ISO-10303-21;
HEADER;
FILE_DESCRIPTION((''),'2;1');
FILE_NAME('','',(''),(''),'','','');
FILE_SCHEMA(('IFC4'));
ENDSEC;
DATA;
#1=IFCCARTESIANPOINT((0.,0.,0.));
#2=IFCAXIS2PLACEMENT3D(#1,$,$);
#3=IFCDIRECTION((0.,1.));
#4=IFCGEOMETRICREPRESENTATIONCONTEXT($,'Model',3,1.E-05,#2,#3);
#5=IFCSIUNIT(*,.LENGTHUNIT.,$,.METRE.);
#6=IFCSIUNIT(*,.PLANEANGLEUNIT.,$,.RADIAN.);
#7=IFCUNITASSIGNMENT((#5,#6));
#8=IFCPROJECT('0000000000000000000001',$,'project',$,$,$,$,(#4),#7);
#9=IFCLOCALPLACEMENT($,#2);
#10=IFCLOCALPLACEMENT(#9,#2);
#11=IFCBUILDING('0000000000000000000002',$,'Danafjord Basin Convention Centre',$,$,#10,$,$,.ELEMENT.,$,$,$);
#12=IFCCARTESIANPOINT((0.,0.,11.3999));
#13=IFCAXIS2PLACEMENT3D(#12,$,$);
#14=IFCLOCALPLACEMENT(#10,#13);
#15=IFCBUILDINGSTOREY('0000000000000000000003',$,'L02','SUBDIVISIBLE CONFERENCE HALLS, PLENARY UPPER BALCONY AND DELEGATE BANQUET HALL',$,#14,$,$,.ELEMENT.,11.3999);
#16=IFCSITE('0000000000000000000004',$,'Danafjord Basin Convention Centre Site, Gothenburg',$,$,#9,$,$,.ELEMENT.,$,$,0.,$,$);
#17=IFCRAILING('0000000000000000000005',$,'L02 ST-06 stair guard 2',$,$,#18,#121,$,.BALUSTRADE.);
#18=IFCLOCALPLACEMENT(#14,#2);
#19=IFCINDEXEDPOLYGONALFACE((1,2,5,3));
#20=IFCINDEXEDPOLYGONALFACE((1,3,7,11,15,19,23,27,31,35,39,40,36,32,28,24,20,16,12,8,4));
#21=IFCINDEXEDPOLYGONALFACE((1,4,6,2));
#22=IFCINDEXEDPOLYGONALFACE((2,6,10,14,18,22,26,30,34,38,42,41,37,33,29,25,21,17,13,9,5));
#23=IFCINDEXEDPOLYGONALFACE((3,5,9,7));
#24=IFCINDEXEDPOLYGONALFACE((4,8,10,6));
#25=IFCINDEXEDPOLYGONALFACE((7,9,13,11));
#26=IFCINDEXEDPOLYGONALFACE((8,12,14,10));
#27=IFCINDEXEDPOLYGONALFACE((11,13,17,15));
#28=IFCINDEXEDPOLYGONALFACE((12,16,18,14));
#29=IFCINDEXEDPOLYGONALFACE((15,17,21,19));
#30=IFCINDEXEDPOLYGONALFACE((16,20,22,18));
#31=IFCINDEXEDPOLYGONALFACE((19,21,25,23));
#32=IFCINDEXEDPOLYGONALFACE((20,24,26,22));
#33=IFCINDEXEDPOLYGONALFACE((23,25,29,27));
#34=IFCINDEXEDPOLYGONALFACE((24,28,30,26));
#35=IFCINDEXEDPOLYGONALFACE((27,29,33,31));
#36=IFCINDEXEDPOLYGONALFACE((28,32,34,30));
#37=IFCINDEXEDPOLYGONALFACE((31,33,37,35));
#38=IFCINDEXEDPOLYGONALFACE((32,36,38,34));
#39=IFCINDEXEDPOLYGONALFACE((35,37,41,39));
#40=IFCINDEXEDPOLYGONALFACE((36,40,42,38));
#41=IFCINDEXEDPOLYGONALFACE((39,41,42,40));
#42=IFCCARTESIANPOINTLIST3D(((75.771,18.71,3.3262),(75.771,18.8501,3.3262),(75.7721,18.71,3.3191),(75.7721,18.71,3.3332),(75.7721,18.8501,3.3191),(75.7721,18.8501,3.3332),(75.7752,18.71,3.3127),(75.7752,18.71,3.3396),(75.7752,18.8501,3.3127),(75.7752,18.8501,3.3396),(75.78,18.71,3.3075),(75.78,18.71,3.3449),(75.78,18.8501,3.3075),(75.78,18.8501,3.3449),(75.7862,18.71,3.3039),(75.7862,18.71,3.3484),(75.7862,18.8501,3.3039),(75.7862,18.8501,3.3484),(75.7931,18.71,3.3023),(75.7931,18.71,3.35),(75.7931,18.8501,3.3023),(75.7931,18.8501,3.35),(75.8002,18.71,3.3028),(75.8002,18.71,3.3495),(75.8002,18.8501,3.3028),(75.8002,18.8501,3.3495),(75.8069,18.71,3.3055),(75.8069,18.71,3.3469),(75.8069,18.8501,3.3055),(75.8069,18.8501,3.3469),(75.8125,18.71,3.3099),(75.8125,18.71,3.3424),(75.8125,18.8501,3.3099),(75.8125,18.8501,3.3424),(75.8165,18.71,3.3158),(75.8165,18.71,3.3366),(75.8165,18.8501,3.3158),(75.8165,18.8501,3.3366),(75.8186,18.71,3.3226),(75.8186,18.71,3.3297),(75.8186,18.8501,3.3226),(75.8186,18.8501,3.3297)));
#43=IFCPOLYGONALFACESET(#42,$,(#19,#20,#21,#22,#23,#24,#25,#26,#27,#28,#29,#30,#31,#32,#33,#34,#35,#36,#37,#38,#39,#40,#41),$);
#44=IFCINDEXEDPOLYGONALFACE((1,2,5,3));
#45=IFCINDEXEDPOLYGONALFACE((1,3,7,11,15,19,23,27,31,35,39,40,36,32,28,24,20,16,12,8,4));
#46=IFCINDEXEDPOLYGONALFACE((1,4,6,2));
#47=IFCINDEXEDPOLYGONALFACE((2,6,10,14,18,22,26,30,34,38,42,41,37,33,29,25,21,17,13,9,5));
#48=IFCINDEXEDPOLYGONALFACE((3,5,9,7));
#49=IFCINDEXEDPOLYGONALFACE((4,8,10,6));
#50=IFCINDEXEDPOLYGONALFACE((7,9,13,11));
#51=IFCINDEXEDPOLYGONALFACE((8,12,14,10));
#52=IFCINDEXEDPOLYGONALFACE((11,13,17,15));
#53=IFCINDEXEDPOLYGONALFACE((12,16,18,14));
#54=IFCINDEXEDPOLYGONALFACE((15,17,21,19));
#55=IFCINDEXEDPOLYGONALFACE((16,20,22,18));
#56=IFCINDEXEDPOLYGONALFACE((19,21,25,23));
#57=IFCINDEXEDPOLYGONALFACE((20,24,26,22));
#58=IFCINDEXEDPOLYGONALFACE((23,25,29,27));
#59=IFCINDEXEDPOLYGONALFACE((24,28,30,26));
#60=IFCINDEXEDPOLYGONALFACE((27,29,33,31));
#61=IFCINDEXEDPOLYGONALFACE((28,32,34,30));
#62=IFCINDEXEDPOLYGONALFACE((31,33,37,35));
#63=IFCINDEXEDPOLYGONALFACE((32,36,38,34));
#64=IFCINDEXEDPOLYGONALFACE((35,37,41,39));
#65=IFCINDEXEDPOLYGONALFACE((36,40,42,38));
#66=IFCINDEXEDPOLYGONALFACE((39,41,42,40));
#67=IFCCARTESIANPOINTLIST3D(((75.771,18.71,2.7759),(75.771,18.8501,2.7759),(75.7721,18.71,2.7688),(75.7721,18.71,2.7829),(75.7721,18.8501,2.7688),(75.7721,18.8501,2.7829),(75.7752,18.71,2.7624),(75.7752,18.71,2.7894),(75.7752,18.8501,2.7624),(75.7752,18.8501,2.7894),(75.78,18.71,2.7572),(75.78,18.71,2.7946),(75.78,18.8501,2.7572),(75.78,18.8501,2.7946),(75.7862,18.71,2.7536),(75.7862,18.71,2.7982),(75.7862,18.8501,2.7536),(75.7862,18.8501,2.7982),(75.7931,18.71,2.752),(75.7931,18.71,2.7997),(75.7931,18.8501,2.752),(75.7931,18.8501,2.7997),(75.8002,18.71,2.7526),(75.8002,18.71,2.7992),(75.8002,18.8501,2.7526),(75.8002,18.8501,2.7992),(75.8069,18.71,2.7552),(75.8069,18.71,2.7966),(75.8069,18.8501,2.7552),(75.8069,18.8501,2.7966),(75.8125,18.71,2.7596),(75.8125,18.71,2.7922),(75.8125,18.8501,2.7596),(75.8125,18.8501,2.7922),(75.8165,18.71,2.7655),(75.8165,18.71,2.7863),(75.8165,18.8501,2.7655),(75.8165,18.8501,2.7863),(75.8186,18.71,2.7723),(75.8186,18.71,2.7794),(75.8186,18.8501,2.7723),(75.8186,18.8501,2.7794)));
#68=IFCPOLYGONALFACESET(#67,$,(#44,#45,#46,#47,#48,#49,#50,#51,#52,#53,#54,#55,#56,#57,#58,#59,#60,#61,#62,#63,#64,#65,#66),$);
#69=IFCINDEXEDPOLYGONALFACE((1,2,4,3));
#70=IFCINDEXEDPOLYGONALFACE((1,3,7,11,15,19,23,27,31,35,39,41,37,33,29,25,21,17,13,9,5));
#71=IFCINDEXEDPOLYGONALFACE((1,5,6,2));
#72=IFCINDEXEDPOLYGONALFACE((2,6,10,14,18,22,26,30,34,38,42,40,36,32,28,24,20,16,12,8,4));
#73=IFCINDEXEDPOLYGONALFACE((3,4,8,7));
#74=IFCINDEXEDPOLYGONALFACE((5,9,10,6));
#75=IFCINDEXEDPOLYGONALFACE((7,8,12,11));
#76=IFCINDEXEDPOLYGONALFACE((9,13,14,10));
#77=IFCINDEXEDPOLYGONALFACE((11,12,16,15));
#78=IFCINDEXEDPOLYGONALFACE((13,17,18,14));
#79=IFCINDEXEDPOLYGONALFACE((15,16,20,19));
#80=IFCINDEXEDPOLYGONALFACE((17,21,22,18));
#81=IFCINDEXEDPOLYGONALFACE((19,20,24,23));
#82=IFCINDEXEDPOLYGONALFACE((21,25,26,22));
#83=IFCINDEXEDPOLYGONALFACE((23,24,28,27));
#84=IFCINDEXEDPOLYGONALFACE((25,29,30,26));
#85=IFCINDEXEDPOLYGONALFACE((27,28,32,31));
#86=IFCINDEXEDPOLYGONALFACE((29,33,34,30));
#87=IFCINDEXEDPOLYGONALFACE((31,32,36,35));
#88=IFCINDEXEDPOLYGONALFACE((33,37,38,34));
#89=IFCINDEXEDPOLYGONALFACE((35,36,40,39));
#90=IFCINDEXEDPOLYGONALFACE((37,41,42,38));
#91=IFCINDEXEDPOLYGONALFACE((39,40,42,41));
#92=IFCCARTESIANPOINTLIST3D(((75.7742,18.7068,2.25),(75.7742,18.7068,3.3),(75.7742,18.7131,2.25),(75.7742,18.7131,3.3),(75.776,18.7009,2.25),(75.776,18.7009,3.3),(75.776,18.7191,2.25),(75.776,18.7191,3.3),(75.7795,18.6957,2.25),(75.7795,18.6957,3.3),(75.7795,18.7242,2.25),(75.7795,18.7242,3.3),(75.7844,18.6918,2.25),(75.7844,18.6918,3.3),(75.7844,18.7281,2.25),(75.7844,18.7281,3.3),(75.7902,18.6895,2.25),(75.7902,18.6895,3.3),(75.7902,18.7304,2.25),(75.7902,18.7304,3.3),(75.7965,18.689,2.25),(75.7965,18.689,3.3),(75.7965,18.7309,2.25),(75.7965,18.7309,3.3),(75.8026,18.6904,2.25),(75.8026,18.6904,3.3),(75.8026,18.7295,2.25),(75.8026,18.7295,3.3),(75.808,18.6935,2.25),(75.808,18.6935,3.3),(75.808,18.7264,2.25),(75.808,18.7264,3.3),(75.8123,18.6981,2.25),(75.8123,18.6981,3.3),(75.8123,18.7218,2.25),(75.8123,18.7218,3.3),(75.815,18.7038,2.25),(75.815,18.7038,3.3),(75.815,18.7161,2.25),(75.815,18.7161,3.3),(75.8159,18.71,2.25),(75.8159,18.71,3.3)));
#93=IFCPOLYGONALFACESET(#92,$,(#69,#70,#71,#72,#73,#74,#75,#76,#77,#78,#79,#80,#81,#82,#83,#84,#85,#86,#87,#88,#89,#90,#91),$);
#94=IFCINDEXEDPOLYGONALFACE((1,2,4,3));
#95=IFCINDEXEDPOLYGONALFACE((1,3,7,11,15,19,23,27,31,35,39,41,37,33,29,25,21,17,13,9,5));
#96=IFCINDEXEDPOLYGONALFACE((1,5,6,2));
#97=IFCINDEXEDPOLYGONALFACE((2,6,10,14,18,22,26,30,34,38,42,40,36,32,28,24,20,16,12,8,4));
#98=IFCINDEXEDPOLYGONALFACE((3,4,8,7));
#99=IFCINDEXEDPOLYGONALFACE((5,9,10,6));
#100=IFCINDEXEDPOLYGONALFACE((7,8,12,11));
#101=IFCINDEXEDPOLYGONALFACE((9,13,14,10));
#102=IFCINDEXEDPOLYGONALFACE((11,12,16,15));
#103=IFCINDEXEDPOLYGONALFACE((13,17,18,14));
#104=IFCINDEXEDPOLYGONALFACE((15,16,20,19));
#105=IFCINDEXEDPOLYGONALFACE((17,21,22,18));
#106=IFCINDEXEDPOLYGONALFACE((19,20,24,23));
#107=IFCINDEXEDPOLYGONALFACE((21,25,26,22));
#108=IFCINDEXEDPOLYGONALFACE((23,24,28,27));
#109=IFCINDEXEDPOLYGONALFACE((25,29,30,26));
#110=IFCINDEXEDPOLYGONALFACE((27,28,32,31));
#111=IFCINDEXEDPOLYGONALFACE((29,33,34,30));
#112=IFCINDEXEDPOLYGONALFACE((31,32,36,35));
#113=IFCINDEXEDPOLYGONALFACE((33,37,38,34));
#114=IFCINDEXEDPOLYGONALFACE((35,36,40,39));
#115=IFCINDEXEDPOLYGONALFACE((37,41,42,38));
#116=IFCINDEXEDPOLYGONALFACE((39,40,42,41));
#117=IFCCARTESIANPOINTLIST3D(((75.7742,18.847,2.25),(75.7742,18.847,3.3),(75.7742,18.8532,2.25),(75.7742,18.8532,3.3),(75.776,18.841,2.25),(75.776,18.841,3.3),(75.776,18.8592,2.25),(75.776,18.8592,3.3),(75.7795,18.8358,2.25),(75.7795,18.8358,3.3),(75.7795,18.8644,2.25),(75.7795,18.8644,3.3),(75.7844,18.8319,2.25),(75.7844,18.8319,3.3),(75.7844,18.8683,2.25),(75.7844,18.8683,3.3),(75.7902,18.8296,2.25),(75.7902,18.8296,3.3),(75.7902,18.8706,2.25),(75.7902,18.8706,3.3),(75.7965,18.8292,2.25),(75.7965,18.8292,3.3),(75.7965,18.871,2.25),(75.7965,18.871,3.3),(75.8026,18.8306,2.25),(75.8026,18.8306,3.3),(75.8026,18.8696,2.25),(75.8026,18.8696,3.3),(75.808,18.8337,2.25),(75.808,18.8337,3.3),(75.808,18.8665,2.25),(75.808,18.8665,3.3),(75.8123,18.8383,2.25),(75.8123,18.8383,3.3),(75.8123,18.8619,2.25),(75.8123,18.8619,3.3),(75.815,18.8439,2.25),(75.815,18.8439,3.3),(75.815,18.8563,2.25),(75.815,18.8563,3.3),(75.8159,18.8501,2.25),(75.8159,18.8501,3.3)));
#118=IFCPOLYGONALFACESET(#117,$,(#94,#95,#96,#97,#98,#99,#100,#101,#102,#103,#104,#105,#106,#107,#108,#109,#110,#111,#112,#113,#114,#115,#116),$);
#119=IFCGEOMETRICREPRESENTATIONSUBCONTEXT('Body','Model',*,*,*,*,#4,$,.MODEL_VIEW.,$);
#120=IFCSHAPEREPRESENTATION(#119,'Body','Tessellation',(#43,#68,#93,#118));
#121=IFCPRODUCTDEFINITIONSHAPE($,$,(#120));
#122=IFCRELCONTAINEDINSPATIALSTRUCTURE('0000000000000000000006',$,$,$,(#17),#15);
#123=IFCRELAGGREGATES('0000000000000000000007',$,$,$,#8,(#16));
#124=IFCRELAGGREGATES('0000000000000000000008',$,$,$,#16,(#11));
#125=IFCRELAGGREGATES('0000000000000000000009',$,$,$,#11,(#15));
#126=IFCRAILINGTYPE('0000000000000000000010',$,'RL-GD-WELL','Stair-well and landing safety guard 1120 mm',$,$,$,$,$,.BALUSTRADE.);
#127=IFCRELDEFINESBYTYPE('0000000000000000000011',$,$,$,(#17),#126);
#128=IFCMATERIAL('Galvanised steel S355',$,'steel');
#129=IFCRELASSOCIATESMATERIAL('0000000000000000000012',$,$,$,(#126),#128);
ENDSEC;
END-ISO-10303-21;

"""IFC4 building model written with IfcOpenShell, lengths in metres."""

from ifc_helpers import new_model, si_unit, direction, frame, origin, origin_2d, place, context, subcontext, project, spatial, circle, extrude, material, type_object, element, save


model = new_model("IFC4")

# Units and contexts
model_context = context("Model", 3, precision=1e-05, world=origin(), true_north=direction((0.0, 1.0)))
body_context = subcontext(model_context, "Body", "Model", "MODEL_VIEW")
ifc_project = project(units=[si_unit("LENGTHUNIT", "METRE"), si_unit("PLANEANGLEUNIT", "RADIAN")], contexts=[model_context])

# Site, building, storey
site_placement = place(None, origin())
site = spatial("IfcSite", under=ifc_project, at=site_placement, Name="Danafjord Basin Convention Centre Site, Gothenburg", CompositionType="ELEMENT", RefElevation=0.0)
building_placement = place(site_placement, origin())
building = spatial("IfcBuilding", under=site, at=building_placement, Name="Danafjord Basin Convention Centre", CompositionType="ELEMENT")
storey_placement = place(building_placement, frame((0.0, 0.0, 11.3999)))
storey = spatial("IfcBuildingStorey", under=building, at=storey_placement, Name="L02", Description="SUBDIVISIBLE CONFERENCE HALLS, PLENARY UPPER BALCONY AND DELEGATE BANQUET HALL", CompositionType="ELEMENT", Elevation=11.3999)

# Railing
ifc_material_1 = material(Name="Galvanised steel S355", Category="steel")
railing_type_1 = type_object("IfcRailingType", Name="RL-GD-WELL", Description="Stair-well and landing safety guard 1120 mm", PredefinedType="BALUSTRADE", material=ifc_material_1)
railing_1_placement = place(storey_placement, frame((75.7949, 18.71, 2.25)))
element("IfcRailing", 1, at=railing_1_placement, inside=storey, type_object=railing_type_1, Name="L02 ST-06 stair guard 2", PredefinedType="BALUSTRADE", context=body_context, shape_type="SweptSolid", body=[
    extrude(circle(Radius=0.0239, at=origin_2d()), frame((0.0, 0.0, 1.0762), z_axis=(0.0, 1.0, 0.0), x_axis=(-1.0, 0.0, 0.0)), (0.0, 0.0, 1.0), 0.1401),
    extrude(circle(Radius=0.0239, at=origin_2d()), frame((0.0, 0.0, 0.5259), z_axis=(0.0, 1.0, 0.0), x_axis=(-1.0, 0.0, 0.0)), (0.0, 0.0, 1.0), 0.1401),
    extrude(circle(Radius=0.021, at=origin_2d()), origin(), (0.0, 0.0, 1.0), 1.05),
    extrude(circle(Radius=0.021, at=origin_2d()), frame((0.0, 0.1401, 0.0)), (0.0, 0.0, 1.0), 1.05),
])

save(model, "model.ifc")
